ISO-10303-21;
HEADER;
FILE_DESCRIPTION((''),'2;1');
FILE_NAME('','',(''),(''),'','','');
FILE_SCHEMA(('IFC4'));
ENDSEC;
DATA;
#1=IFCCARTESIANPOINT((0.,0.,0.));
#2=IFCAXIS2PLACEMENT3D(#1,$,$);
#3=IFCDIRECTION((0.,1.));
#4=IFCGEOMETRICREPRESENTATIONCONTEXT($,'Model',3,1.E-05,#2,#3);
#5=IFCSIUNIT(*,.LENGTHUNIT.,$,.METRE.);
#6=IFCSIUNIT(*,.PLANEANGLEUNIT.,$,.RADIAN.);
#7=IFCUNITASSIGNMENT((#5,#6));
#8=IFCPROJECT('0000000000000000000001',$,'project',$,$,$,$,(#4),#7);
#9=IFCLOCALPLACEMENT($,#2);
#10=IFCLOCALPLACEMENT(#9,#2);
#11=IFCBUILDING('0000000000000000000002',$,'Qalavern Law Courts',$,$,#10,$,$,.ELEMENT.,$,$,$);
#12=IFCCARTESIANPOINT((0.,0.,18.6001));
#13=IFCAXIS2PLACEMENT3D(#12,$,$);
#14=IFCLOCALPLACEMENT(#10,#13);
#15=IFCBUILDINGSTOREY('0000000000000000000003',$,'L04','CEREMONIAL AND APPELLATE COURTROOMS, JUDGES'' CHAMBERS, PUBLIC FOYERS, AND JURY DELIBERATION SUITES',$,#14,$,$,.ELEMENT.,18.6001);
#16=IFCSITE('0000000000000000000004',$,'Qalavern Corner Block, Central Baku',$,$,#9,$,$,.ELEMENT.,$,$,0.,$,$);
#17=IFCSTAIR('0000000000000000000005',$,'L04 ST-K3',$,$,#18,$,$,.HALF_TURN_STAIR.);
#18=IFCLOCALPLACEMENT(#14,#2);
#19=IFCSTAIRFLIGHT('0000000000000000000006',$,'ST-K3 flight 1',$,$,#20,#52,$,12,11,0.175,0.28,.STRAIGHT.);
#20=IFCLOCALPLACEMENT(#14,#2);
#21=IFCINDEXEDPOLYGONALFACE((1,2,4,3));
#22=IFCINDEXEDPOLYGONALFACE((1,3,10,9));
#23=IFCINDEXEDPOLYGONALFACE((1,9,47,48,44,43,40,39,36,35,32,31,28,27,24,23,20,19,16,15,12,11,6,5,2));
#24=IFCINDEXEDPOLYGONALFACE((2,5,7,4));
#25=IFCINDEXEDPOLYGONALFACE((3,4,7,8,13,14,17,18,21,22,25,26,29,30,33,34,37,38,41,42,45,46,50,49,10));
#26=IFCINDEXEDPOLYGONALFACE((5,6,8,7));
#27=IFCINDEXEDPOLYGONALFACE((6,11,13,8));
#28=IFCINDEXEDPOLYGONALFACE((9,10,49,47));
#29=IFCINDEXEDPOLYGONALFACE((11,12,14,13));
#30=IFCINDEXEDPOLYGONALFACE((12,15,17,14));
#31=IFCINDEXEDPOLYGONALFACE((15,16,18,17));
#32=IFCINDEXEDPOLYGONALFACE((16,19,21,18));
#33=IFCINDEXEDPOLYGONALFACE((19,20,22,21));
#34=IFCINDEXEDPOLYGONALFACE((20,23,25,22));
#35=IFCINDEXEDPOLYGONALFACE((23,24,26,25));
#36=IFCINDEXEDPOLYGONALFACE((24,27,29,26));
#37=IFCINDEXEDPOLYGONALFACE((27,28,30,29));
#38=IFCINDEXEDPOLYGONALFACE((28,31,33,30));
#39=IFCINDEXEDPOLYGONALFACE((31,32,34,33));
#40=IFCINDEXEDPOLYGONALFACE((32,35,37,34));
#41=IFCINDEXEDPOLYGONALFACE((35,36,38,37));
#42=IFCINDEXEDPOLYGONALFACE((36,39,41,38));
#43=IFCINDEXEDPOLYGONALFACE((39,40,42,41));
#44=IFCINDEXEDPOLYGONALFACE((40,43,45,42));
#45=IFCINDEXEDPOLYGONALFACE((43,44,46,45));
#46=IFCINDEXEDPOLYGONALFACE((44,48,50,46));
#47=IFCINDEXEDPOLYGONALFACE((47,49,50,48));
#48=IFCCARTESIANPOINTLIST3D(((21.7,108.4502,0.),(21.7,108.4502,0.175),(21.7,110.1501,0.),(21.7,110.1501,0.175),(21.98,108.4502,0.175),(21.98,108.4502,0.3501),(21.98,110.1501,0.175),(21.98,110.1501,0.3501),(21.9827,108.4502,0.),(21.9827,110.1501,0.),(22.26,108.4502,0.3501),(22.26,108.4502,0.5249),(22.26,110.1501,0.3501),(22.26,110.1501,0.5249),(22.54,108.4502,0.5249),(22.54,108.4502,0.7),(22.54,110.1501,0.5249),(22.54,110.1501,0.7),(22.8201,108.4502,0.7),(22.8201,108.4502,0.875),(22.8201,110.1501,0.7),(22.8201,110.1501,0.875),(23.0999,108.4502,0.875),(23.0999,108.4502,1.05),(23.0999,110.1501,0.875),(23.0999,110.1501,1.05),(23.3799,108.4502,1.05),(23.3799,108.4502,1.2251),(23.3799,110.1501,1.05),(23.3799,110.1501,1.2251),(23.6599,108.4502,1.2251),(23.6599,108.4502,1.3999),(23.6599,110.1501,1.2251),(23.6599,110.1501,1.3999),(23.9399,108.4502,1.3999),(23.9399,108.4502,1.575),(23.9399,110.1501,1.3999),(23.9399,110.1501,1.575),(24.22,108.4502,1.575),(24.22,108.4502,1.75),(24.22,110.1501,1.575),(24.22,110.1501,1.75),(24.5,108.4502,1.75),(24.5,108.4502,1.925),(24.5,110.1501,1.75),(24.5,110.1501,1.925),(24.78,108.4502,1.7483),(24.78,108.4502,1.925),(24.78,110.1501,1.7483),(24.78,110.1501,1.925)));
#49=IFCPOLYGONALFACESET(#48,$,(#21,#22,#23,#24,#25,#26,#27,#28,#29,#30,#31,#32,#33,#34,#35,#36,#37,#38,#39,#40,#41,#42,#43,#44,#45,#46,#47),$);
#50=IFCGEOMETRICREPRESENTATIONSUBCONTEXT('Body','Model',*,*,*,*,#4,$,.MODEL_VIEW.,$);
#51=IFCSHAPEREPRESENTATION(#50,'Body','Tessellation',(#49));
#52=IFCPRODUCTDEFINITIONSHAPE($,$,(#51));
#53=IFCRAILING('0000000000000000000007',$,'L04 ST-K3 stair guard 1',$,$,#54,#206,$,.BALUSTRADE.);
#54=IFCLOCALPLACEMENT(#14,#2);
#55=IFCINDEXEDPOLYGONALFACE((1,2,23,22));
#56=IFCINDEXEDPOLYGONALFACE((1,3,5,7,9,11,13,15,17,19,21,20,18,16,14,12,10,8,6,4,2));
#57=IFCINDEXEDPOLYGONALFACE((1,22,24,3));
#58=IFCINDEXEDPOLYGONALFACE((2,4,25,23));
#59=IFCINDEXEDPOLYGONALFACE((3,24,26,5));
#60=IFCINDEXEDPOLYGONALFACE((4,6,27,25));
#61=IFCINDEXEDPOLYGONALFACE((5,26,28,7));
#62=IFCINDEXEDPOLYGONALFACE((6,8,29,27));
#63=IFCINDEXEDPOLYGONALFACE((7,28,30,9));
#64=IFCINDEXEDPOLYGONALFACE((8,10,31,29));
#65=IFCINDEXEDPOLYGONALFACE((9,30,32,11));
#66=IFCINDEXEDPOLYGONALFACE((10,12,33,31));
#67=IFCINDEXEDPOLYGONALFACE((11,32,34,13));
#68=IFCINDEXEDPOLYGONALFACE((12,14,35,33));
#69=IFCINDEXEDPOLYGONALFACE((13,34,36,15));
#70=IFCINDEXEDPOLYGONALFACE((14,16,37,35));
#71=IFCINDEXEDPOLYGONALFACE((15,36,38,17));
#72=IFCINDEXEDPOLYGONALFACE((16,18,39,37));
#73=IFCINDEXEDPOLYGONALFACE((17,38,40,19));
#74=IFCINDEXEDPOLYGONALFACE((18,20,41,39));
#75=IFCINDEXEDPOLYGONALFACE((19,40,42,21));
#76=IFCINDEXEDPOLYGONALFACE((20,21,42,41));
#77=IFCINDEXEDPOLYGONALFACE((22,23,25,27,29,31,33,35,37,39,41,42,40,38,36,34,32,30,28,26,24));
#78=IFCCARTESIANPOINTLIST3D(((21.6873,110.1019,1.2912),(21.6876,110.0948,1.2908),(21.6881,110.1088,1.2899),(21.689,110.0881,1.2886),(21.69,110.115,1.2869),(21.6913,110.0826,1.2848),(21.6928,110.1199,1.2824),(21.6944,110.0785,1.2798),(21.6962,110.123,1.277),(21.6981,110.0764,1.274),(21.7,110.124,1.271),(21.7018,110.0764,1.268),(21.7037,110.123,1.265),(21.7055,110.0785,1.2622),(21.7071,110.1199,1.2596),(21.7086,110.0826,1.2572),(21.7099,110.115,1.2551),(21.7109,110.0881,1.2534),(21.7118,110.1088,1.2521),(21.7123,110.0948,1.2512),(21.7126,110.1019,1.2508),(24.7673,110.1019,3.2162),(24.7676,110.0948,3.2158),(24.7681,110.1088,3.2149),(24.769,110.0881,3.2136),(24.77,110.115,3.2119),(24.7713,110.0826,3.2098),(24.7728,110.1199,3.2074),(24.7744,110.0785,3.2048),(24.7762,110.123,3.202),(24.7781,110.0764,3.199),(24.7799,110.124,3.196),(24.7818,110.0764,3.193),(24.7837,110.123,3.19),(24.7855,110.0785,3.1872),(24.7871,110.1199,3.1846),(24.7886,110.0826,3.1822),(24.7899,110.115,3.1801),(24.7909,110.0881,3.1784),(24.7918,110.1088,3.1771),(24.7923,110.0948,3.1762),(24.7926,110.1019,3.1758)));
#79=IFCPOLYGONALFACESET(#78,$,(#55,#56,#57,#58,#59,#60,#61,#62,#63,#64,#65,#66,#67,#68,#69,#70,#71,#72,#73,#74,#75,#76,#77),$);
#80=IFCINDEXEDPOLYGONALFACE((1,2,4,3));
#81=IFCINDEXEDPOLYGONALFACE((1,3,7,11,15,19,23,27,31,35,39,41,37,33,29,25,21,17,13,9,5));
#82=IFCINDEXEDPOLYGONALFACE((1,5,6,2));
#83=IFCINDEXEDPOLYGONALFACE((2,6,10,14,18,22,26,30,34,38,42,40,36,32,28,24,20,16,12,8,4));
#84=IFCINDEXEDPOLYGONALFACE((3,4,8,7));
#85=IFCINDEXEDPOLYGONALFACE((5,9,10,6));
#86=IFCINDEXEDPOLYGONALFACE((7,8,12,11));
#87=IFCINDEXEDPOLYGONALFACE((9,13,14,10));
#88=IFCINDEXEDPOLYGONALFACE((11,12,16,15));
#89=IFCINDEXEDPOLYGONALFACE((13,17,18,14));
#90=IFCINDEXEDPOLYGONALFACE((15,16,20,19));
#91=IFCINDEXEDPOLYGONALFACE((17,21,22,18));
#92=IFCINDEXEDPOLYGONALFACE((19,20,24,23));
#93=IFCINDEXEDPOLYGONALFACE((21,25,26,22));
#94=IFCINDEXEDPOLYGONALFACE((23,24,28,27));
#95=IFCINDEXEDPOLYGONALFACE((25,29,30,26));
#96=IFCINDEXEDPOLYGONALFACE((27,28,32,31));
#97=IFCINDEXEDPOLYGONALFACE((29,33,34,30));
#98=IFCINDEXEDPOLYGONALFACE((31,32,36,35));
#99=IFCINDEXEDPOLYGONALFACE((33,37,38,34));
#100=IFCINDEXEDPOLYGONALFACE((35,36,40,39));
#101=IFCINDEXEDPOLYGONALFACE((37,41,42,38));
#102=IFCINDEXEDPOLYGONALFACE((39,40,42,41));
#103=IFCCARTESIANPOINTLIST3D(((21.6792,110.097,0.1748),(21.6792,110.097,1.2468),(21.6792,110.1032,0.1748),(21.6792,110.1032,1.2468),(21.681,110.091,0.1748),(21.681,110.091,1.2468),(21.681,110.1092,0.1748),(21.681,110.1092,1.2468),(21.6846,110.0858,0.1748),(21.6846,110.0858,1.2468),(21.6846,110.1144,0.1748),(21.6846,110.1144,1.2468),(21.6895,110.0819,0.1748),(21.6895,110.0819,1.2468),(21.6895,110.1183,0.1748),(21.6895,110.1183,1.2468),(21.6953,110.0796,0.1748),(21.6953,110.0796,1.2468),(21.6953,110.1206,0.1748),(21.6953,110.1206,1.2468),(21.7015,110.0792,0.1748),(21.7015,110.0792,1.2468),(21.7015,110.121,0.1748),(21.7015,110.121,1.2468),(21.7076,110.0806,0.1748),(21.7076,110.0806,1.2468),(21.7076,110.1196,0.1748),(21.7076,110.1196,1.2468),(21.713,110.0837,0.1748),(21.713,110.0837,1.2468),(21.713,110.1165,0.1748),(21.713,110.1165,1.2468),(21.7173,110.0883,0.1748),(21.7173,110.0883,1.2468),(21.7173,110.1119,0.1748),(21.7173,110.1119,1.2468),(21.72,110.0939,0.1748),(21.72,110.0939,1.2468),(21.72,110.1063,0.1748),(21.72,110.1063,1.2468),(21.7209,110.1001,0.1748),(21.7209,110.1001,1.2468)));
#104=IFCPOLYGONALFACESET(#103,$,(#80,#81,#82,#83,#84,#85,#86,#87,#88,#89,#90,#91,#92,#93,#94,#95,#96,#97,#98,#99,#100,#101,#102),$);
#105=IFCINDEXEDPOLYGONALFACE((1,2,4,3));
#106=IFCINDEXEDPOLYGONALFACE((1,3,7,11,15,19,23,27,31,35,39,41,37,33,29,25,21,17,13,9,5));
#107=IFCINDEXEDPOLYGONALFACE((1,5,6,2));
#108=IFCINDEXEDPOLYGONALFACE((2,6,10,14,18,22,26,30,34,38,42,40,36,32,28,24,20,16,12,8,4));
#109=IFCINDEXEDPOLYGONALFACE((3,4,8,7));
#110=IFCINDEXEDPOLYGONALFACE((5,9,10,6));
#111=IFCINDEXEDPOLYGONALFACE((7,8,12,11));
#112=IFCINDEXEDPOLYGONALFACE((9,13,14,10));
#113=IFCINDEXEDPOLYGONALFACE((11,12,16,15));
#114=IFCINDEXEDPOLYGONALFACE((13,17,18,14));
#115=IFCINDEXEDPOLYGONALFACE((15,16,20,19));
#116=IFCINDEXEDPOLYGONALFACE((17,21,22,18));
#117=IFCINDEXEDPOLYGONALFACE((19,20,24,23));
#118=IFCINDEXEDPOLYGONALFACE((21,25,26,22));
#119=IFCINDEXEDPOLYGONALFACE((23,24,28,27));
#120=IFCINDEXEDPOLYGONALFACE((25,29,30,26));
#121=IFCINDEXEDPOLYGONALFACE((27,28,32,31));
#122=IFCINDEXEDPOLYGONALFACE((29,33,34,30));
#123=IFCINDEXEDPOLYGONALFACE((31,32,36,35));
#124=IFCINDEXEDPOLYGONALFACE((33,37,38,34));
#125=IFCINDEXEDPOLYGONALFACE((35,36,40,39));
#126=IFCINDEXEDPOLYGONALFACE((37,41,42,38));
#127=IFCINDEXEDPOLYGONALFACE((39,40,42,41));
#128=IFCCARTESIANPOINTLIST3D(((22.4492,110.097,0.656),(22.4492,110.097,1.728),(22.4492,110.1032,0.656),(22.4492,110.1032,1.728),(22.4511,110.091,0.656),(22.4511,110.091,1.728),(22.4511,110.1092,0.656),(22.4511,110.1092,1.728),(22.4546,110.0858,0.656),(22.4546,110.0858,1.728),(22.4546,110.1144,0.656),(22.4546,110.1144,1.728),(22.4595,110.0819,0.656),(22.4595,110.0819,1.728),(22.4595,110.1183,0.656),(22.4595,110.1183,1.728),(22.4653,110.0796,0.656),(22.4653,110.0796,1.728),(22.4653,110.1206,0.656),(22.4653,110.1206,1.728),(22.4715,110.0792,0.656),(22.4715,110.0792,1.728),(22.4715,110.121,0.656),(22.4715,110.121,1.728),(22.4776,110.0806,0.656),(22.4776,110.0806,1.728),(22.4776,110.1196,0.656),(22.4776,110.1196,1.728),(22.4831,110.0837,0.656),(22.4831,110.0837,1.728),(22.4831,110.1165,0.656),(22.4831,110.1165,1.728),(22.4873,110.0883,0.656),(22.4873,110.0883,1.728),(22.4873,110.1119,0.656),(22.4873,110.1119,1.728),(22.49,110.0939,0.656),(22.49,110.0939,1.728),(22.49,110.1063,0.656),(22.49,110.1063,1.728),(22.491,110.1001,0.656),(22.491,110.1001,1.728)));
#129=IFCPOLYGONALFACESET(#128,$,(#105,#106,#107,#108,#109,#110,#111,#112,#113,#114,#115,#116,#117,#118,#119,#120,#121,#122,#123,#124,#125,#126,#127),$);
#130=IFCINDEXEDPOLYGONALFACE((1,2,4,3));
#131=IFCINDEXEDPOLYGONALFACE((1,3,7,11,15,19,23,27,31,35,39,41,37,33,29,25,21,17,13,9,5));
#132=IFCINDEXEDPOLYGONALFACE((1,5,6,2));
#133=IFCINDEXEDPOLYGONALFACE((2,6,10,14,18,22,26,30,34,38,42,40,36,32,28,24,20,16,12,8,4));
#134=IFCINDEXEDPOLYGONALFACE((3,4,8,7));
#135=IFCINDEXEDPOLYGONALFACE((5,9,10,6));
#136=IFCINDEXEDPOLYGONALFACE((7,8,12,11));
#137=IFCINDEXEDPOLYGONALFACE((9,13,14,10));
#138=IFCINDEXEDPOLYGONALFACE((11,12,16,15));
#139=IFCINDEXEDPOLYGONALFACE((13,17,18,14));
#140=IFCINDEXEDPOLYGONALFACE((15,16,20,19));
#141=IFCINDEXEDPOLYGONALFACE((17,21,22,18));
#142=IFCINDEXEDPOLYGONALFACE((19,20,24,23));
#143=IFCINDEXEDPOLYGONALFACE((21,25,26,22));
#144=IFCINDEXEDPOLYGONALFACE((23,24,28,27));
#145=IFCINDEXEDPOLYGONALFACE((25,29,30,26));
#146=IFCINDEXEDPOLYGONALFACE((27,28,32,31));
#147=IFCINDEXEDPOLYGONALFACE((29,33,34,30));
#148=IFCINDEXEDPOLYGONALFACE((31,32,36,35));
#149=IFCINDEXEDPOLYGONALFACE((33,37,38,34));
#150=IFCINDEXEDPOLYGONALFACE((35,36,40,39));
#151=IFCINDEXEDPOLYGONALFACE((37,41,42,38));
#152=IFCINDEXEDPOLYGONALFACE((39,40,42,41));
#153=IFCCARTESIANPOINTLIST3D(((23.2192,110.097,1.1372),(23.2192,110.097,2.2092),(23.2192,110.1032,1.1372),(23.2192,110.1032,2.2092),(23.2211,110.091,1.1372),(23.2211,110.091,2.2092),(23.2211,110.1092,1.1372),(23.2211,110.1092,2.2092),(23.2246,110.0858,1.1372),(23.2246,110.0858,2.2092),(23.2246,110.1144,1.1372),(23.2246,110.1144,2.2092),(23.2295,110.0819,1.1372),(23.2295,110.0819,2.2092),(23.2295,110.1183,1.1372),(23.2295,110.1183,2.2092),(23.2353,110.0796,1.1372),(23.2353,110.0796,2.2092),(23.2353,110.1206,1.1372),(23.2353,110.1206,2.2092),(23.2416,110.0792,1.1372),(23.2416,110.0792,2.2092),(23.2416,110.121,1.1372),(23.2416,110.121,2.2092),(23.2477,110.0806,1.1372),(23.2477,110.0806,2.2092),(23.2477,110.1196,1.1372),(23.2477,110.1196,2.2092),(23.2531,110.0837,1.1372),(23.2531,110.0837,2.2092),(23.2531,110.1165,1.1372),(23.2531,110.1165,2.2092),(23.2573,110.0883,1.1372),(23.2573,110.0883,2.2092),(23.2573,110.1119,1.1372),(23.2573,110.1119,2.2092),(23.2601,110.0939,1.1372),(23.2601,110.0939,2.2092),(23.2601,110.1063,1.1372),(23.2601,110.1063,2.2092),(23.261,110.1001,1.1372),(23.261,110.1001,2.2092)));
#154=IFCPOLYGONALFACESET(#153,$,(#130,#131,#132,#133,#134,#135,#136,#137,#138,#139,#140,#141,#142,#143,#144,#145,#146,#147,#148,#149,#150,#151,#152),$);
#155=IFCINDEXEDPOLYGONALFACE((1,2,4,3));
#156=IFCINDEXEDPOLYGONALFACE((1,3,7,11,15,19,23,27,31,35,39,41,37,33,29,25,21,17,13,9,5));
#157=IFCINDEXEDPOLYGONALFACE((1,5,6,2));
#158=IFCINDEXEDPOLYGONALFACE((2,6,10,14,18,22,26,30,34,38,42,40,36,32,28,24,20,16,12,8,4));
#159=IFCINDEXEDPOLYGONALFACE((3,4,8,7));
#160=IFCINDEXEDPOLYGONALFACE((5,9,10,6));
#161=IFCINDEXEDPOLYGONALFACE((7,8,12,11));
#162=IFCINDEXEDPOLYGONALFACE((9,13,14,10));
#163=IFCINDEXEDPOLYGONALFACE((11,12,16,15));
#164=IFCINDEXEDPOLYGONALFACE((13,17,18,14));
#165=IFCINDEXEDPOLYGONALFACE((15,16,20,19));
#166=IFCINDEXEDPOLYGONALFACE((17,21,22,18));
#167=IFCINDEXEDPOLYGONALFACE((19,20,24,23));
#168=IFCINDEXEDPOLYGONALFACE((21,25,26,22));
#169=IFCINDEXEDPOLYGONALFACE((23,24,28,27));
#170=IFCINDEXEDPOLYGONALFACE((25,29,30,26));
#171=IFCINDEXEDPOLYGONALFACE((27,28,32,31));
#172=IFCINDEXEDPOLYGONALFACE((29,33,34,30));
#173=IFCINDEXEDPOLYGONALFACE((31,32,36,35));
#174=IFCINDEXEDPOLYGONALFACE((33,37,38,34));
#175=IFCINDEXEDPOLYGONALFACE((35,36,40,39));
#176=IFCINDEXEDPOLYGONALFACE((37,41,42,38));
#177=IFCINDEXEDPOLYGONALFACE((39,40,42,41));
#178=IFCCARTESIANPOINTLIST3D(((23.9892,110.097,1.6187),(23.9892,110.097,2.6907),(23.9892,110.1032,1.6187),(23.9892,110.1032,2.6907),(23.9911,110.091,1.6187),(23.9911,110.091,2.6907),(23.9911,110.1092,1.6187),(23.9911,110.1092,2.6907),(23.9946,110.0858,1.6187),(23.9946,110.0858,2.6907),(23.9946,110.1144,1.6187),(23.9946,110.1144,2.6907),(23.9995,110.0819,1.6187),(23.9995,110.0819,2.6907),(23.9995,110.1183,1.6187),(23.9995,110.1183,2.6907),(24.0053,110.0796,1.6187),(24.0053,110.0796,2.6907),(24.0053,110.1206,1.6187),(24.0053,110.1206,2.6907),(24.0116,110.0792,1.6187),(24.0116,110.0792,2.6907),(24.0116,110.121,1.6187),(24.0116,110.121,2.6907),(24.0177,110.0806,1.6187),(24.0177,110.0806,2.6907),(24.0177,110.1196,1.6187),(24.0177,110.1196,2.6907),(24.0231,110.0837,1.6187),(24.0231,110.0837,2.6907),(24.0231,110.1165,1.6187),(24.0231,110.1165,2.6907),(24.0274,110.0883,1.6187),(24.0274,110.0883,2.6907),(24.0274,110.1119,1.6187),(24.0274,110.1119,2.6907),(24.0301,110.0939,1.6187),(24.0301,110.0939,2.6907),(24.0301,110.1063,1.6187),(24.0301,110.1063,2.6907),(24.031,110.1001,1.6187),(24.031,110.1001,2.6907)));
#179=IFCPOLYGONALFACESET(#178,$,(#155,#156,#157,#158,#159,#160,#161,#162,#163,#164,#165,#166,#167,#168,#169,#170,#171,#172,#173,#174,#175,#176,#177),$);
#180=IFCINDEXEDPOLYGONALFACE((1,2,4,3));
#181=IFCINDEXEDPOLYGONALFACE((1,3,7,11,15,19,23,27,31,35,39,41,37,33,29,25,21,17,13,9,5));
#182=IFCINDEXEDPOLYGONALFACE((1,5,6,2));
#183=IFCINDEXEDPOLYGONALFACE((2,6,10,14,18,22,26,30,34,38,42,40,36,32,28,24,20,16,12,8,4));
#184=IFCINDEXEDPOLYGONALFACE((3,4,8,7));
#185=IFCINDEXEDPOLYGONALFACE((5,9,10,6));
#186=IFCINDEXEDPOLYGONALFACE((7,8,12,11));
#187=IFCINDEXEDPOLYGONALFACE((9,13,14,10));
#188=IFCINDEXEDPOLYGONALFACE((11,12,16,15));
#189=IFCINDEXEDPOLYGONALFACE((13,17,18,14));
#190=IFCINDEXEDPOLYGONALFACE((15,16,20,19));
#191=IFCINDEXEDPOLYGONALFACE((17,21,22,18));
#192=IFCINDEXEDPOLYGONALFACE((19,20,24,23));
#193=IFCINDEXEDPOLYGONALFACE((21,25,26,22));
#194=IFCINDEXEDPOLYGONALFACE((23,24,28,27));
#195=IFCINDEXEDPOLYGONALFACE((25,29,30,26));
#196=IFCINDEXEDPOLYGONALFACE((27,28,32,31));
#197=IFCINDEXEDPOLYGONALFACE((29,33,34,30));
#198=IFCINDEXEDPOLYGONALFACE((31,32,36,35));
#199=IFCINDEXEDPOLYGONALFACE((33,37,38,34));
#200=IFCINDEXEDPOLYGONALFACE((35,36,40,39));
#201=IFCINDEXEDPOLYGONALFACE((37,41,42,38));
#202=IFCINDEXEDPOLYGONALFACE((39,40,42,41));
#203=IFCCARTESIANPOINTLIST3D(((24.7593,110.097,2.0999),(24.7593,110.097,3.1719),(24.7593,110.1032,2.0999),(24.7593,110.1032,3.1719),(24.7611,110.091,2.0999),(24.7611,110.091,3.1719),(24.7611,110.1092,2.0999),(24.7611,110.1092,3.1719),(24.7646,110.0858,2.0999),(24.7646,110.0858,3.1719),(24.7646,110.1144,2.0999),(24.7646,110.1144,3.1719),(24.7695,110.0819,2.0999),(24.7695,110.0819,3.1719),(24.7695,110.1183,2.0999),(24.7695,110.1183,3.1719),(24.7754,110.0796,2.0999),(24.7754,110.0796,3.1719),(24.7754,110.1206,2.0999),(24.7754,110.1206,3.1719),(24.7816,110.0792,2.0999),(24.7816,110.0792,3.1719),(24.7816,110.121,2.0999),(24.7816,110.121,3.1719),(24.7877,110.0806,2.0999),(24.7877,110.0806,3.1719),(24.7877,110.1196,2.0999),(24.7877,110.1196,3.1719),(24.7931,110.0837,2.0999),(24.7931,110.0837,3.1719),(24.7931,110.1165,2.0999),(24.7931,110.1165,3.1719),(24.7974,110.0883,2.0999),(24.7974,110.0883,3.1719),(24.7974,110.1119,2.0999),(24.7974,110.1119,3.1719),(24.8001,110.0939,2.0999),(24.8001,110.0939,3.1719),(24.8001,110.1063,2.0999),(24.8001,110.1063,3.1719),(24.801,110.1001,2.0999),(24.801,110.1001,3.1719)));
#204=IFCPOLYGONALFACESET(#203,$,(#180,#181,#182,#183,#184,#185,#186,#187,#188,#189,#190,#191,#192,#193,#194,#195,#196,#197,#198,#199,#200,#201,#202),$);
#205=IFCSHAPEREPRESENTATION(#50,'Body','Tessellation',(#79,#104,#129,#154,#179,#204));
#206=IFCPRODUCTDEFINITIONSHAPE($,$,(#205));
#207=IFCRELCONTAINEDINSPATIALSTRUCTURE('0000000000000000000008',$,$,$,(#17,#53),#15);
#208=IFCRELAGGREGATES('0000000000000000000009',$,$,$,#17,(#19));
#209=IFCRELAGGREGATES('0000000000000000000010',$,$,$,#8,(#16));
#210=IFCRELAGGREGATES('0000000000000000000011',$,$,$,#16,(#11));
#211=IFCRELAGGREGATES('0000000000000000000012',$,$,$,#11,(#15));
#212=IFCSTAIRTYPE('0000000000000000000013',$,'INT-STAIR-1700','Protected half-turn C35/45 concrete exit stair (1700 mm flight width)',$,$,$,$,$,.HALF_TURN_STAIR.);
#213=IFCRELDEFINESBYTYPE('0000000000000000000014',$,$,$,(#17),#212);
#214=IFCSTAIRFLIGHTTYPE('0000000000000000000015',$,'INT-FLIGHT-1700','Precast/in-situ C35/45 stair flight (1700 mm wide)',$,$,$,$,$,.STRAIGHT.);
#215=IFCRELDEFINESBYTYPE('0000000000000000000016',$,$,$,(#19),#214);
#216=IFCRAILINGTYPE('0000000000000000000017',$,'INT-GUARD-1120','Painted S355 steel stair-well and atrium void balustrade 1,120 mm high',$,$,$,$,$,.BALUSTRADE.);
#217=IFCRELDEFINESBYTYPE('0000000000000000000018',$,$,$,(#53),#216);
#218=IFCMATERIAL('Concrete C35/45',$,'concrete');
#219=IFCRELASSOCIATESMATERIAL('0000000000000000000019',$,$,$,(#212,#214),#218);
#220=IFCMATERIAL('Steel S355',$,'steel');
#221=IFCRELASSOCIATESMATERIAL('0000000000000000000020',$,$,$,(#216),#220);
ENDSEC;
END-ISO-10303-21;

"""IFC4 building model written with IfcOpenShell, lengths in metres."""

from ifc_helpers import new_model, si_unit, direction, frame, origin, origin_2d, place, context, subcontext, project, spatial, polyline, circle, outline, extrude, material, type_object, element, aggregate, save


model = new_model("IFC4")

# Units and contexts
model_context = context("Model", 3, precision=1e-05, world=origin(), true_north=direction((0.0, 1.0)))
body_context = subcontext(model_context, "Body", "Model", "MODEL_VIEW")
ifc_project = project(units=[si_unit("LENGTHUNIT", "METRE"), si_unit("PLANEANGLEUNIT", "RADIAN")], contexts=[model_context])

# Site, building, storey
site_placement = place(None, origin())
site = spatial("IfcSite", under=ifc_project, at=site_placement, Name="Qalavern Corner Block, Central Baku", CompositionType="ELEMENT", RefElevation=0.0)
building_placement = place(site_placement, origin())
building = spatial("IfcBuilding", under=site, at=building_placement, Name="Qalavern Law Courts", CompositionType="ELEMENT")
storey_placement = place(building_placement, frame((0.0, 0.0, 18.6001)))
storey = spatial("IfcBuildingStorey", under=building, at=storey_placement, Name="L04", Description="CEREMONIAL AND APPELLATE COURTROOMS, JUDGES' CHAMBERS, PUBLIC FOYERS, AND JURY DELIBERATION SUITES", CompositionType="ELEMENT", Elevation=18.6001)

# Shared definitions
ifc_material_1 = material(Name="Steel S355", Category="steel")

# Stair, stair flight
ifc_material_2 = material(Name="Concrete C35/45", Category="concrete")
stair_type = type_object("IfcStairType", Name="INT-STAIR-1700", Description="Protected half-turn C35/45 concrete exit stair (1700 mm flight width)", PredefinedType="HALF_TURN_STAIR", material=ifc_material_2)
stair_placement = place(storey_placement, origin())
stair = element("IfcStair", 1, at=stair_placement, inside=storey, type_object=stair_type, Name="L04 ST-K3", PredefinedType="HALF_TURN_STAIR")
stair_flight_type = type_object("IfcStairFlightType", Name="INT-FLIGHT-1700", Description="Precast/in-situ C35/45 stair flight (1700 mm wide)", PredefinedType="STRAIGHT", material=ifc_material_2)
stair_flight_placement = place(storey_placement, frame((21.7, 109.3, 0.0), z_axis=(0.0, 0.0, 1.0), x_axis=(1.0, 0.0, 0.0)))
stair_flight = element("IfcStairFlight", 2, at=stair_flight_placement, type_object=stair_flight_type, Name="ST-K3 flight 1", NumberOfRisers=12, NumberOfTreads=11, PredefinedType="STRAIGHT", RiserHeight=0.175, TreadLength=0.28, context=body_context, shape_type="SweptSolid", body=[
    extrude(outline(polyline([(0.0, 0.0), (0.0, 0.175), (0.28, 0.175), (0.28, 0.3501), (0.5601, 0.3501), (0.5601, 0.5249), (0.8401, 0.5249), (0.8401, 0.7), (1.1201, 0.7), (1.1201, 0.875), (1.3999, 0.875), (1.3999, 1.05), (1.6799, 1.05), (1.6799, 1.2251), (1.96, 1.2251), (1.96, 1.3999), (2.24, 1.3999), (2.24, 1.575), (2.52, 1.575), (2.52, 1.75), (2.8, 1.75), (2.8, 1.925), (3.0801, 1.925), (3.0801, 2.1001), (3.0801, 1.7483), (0.2827, 0.0), (0.0, 0.0)])), frame((0.0, 0.8501, 0.0), z_axis=(0.0, -1.0, 0.0), x_axis=(1.0, 0.0, 0.0)), (0.0, 0.0, 1.0), 1.7),
])
aggregate(stair, [stair_flight])

# Railing
railing_type_1 = type_object("IfcRailingType", Name="INT-GUARD-1120", Description="Painted S355 steel stair-well and atrium void balustrade 1,120 mm high", PredefinedType="BALUSTRADE", material=ifc_material_1)
railing_1_placement = place(storey_placement, frame((21.7, 110.1001, 0.1748)))
element("IfcRailing", 3, at=railing_1_placement, inside=storey, type_object=railing_type_1, Name="L04 ST-K3 stair guard 1", PredefinedType="BALUSTRADE", context=body_context, shape_type="SweptSolid", body=[
    extrude(circle(Radius=0.0239, at=origin_2d()), frame((0.0, 0.0, 1.0962), z_axis=(0.847998, 0.0, 0.529999), x_axis=(0.0, 1.0, 0.0)), (0.0, 0.0, 1.0), 3.6321),
    extrude(circle(Radius=0.021, at=origin_2d()), origin(), (0.0, 0.0, 1.0), 1.072),
    extrude(circle(Radius=0.021, at=origin_2d()), frame((0.77, 0.0, 0.4812)), (0.0, 0.0, 1.0), 1.072),
    extrude(circle(Radius=0.021, at=origin_2d()), frame((1.54, 0.0, 0.9624)), (0.0, 0.0, 1.0), 1.072),
    extrude(circle(Radius=0.021, at=origin_2d()), frame((2.3101, 0.0, 1.4438)), (0.0, 0.0, 1.0), 1.072),
    extrude(circle(Radius=0.021, at=origin_2d()), frame((3.0801, 0.0, 1.925)), (0.0, 0.0, 1.0), 1.072),
])

save(model, "model.ifc")
